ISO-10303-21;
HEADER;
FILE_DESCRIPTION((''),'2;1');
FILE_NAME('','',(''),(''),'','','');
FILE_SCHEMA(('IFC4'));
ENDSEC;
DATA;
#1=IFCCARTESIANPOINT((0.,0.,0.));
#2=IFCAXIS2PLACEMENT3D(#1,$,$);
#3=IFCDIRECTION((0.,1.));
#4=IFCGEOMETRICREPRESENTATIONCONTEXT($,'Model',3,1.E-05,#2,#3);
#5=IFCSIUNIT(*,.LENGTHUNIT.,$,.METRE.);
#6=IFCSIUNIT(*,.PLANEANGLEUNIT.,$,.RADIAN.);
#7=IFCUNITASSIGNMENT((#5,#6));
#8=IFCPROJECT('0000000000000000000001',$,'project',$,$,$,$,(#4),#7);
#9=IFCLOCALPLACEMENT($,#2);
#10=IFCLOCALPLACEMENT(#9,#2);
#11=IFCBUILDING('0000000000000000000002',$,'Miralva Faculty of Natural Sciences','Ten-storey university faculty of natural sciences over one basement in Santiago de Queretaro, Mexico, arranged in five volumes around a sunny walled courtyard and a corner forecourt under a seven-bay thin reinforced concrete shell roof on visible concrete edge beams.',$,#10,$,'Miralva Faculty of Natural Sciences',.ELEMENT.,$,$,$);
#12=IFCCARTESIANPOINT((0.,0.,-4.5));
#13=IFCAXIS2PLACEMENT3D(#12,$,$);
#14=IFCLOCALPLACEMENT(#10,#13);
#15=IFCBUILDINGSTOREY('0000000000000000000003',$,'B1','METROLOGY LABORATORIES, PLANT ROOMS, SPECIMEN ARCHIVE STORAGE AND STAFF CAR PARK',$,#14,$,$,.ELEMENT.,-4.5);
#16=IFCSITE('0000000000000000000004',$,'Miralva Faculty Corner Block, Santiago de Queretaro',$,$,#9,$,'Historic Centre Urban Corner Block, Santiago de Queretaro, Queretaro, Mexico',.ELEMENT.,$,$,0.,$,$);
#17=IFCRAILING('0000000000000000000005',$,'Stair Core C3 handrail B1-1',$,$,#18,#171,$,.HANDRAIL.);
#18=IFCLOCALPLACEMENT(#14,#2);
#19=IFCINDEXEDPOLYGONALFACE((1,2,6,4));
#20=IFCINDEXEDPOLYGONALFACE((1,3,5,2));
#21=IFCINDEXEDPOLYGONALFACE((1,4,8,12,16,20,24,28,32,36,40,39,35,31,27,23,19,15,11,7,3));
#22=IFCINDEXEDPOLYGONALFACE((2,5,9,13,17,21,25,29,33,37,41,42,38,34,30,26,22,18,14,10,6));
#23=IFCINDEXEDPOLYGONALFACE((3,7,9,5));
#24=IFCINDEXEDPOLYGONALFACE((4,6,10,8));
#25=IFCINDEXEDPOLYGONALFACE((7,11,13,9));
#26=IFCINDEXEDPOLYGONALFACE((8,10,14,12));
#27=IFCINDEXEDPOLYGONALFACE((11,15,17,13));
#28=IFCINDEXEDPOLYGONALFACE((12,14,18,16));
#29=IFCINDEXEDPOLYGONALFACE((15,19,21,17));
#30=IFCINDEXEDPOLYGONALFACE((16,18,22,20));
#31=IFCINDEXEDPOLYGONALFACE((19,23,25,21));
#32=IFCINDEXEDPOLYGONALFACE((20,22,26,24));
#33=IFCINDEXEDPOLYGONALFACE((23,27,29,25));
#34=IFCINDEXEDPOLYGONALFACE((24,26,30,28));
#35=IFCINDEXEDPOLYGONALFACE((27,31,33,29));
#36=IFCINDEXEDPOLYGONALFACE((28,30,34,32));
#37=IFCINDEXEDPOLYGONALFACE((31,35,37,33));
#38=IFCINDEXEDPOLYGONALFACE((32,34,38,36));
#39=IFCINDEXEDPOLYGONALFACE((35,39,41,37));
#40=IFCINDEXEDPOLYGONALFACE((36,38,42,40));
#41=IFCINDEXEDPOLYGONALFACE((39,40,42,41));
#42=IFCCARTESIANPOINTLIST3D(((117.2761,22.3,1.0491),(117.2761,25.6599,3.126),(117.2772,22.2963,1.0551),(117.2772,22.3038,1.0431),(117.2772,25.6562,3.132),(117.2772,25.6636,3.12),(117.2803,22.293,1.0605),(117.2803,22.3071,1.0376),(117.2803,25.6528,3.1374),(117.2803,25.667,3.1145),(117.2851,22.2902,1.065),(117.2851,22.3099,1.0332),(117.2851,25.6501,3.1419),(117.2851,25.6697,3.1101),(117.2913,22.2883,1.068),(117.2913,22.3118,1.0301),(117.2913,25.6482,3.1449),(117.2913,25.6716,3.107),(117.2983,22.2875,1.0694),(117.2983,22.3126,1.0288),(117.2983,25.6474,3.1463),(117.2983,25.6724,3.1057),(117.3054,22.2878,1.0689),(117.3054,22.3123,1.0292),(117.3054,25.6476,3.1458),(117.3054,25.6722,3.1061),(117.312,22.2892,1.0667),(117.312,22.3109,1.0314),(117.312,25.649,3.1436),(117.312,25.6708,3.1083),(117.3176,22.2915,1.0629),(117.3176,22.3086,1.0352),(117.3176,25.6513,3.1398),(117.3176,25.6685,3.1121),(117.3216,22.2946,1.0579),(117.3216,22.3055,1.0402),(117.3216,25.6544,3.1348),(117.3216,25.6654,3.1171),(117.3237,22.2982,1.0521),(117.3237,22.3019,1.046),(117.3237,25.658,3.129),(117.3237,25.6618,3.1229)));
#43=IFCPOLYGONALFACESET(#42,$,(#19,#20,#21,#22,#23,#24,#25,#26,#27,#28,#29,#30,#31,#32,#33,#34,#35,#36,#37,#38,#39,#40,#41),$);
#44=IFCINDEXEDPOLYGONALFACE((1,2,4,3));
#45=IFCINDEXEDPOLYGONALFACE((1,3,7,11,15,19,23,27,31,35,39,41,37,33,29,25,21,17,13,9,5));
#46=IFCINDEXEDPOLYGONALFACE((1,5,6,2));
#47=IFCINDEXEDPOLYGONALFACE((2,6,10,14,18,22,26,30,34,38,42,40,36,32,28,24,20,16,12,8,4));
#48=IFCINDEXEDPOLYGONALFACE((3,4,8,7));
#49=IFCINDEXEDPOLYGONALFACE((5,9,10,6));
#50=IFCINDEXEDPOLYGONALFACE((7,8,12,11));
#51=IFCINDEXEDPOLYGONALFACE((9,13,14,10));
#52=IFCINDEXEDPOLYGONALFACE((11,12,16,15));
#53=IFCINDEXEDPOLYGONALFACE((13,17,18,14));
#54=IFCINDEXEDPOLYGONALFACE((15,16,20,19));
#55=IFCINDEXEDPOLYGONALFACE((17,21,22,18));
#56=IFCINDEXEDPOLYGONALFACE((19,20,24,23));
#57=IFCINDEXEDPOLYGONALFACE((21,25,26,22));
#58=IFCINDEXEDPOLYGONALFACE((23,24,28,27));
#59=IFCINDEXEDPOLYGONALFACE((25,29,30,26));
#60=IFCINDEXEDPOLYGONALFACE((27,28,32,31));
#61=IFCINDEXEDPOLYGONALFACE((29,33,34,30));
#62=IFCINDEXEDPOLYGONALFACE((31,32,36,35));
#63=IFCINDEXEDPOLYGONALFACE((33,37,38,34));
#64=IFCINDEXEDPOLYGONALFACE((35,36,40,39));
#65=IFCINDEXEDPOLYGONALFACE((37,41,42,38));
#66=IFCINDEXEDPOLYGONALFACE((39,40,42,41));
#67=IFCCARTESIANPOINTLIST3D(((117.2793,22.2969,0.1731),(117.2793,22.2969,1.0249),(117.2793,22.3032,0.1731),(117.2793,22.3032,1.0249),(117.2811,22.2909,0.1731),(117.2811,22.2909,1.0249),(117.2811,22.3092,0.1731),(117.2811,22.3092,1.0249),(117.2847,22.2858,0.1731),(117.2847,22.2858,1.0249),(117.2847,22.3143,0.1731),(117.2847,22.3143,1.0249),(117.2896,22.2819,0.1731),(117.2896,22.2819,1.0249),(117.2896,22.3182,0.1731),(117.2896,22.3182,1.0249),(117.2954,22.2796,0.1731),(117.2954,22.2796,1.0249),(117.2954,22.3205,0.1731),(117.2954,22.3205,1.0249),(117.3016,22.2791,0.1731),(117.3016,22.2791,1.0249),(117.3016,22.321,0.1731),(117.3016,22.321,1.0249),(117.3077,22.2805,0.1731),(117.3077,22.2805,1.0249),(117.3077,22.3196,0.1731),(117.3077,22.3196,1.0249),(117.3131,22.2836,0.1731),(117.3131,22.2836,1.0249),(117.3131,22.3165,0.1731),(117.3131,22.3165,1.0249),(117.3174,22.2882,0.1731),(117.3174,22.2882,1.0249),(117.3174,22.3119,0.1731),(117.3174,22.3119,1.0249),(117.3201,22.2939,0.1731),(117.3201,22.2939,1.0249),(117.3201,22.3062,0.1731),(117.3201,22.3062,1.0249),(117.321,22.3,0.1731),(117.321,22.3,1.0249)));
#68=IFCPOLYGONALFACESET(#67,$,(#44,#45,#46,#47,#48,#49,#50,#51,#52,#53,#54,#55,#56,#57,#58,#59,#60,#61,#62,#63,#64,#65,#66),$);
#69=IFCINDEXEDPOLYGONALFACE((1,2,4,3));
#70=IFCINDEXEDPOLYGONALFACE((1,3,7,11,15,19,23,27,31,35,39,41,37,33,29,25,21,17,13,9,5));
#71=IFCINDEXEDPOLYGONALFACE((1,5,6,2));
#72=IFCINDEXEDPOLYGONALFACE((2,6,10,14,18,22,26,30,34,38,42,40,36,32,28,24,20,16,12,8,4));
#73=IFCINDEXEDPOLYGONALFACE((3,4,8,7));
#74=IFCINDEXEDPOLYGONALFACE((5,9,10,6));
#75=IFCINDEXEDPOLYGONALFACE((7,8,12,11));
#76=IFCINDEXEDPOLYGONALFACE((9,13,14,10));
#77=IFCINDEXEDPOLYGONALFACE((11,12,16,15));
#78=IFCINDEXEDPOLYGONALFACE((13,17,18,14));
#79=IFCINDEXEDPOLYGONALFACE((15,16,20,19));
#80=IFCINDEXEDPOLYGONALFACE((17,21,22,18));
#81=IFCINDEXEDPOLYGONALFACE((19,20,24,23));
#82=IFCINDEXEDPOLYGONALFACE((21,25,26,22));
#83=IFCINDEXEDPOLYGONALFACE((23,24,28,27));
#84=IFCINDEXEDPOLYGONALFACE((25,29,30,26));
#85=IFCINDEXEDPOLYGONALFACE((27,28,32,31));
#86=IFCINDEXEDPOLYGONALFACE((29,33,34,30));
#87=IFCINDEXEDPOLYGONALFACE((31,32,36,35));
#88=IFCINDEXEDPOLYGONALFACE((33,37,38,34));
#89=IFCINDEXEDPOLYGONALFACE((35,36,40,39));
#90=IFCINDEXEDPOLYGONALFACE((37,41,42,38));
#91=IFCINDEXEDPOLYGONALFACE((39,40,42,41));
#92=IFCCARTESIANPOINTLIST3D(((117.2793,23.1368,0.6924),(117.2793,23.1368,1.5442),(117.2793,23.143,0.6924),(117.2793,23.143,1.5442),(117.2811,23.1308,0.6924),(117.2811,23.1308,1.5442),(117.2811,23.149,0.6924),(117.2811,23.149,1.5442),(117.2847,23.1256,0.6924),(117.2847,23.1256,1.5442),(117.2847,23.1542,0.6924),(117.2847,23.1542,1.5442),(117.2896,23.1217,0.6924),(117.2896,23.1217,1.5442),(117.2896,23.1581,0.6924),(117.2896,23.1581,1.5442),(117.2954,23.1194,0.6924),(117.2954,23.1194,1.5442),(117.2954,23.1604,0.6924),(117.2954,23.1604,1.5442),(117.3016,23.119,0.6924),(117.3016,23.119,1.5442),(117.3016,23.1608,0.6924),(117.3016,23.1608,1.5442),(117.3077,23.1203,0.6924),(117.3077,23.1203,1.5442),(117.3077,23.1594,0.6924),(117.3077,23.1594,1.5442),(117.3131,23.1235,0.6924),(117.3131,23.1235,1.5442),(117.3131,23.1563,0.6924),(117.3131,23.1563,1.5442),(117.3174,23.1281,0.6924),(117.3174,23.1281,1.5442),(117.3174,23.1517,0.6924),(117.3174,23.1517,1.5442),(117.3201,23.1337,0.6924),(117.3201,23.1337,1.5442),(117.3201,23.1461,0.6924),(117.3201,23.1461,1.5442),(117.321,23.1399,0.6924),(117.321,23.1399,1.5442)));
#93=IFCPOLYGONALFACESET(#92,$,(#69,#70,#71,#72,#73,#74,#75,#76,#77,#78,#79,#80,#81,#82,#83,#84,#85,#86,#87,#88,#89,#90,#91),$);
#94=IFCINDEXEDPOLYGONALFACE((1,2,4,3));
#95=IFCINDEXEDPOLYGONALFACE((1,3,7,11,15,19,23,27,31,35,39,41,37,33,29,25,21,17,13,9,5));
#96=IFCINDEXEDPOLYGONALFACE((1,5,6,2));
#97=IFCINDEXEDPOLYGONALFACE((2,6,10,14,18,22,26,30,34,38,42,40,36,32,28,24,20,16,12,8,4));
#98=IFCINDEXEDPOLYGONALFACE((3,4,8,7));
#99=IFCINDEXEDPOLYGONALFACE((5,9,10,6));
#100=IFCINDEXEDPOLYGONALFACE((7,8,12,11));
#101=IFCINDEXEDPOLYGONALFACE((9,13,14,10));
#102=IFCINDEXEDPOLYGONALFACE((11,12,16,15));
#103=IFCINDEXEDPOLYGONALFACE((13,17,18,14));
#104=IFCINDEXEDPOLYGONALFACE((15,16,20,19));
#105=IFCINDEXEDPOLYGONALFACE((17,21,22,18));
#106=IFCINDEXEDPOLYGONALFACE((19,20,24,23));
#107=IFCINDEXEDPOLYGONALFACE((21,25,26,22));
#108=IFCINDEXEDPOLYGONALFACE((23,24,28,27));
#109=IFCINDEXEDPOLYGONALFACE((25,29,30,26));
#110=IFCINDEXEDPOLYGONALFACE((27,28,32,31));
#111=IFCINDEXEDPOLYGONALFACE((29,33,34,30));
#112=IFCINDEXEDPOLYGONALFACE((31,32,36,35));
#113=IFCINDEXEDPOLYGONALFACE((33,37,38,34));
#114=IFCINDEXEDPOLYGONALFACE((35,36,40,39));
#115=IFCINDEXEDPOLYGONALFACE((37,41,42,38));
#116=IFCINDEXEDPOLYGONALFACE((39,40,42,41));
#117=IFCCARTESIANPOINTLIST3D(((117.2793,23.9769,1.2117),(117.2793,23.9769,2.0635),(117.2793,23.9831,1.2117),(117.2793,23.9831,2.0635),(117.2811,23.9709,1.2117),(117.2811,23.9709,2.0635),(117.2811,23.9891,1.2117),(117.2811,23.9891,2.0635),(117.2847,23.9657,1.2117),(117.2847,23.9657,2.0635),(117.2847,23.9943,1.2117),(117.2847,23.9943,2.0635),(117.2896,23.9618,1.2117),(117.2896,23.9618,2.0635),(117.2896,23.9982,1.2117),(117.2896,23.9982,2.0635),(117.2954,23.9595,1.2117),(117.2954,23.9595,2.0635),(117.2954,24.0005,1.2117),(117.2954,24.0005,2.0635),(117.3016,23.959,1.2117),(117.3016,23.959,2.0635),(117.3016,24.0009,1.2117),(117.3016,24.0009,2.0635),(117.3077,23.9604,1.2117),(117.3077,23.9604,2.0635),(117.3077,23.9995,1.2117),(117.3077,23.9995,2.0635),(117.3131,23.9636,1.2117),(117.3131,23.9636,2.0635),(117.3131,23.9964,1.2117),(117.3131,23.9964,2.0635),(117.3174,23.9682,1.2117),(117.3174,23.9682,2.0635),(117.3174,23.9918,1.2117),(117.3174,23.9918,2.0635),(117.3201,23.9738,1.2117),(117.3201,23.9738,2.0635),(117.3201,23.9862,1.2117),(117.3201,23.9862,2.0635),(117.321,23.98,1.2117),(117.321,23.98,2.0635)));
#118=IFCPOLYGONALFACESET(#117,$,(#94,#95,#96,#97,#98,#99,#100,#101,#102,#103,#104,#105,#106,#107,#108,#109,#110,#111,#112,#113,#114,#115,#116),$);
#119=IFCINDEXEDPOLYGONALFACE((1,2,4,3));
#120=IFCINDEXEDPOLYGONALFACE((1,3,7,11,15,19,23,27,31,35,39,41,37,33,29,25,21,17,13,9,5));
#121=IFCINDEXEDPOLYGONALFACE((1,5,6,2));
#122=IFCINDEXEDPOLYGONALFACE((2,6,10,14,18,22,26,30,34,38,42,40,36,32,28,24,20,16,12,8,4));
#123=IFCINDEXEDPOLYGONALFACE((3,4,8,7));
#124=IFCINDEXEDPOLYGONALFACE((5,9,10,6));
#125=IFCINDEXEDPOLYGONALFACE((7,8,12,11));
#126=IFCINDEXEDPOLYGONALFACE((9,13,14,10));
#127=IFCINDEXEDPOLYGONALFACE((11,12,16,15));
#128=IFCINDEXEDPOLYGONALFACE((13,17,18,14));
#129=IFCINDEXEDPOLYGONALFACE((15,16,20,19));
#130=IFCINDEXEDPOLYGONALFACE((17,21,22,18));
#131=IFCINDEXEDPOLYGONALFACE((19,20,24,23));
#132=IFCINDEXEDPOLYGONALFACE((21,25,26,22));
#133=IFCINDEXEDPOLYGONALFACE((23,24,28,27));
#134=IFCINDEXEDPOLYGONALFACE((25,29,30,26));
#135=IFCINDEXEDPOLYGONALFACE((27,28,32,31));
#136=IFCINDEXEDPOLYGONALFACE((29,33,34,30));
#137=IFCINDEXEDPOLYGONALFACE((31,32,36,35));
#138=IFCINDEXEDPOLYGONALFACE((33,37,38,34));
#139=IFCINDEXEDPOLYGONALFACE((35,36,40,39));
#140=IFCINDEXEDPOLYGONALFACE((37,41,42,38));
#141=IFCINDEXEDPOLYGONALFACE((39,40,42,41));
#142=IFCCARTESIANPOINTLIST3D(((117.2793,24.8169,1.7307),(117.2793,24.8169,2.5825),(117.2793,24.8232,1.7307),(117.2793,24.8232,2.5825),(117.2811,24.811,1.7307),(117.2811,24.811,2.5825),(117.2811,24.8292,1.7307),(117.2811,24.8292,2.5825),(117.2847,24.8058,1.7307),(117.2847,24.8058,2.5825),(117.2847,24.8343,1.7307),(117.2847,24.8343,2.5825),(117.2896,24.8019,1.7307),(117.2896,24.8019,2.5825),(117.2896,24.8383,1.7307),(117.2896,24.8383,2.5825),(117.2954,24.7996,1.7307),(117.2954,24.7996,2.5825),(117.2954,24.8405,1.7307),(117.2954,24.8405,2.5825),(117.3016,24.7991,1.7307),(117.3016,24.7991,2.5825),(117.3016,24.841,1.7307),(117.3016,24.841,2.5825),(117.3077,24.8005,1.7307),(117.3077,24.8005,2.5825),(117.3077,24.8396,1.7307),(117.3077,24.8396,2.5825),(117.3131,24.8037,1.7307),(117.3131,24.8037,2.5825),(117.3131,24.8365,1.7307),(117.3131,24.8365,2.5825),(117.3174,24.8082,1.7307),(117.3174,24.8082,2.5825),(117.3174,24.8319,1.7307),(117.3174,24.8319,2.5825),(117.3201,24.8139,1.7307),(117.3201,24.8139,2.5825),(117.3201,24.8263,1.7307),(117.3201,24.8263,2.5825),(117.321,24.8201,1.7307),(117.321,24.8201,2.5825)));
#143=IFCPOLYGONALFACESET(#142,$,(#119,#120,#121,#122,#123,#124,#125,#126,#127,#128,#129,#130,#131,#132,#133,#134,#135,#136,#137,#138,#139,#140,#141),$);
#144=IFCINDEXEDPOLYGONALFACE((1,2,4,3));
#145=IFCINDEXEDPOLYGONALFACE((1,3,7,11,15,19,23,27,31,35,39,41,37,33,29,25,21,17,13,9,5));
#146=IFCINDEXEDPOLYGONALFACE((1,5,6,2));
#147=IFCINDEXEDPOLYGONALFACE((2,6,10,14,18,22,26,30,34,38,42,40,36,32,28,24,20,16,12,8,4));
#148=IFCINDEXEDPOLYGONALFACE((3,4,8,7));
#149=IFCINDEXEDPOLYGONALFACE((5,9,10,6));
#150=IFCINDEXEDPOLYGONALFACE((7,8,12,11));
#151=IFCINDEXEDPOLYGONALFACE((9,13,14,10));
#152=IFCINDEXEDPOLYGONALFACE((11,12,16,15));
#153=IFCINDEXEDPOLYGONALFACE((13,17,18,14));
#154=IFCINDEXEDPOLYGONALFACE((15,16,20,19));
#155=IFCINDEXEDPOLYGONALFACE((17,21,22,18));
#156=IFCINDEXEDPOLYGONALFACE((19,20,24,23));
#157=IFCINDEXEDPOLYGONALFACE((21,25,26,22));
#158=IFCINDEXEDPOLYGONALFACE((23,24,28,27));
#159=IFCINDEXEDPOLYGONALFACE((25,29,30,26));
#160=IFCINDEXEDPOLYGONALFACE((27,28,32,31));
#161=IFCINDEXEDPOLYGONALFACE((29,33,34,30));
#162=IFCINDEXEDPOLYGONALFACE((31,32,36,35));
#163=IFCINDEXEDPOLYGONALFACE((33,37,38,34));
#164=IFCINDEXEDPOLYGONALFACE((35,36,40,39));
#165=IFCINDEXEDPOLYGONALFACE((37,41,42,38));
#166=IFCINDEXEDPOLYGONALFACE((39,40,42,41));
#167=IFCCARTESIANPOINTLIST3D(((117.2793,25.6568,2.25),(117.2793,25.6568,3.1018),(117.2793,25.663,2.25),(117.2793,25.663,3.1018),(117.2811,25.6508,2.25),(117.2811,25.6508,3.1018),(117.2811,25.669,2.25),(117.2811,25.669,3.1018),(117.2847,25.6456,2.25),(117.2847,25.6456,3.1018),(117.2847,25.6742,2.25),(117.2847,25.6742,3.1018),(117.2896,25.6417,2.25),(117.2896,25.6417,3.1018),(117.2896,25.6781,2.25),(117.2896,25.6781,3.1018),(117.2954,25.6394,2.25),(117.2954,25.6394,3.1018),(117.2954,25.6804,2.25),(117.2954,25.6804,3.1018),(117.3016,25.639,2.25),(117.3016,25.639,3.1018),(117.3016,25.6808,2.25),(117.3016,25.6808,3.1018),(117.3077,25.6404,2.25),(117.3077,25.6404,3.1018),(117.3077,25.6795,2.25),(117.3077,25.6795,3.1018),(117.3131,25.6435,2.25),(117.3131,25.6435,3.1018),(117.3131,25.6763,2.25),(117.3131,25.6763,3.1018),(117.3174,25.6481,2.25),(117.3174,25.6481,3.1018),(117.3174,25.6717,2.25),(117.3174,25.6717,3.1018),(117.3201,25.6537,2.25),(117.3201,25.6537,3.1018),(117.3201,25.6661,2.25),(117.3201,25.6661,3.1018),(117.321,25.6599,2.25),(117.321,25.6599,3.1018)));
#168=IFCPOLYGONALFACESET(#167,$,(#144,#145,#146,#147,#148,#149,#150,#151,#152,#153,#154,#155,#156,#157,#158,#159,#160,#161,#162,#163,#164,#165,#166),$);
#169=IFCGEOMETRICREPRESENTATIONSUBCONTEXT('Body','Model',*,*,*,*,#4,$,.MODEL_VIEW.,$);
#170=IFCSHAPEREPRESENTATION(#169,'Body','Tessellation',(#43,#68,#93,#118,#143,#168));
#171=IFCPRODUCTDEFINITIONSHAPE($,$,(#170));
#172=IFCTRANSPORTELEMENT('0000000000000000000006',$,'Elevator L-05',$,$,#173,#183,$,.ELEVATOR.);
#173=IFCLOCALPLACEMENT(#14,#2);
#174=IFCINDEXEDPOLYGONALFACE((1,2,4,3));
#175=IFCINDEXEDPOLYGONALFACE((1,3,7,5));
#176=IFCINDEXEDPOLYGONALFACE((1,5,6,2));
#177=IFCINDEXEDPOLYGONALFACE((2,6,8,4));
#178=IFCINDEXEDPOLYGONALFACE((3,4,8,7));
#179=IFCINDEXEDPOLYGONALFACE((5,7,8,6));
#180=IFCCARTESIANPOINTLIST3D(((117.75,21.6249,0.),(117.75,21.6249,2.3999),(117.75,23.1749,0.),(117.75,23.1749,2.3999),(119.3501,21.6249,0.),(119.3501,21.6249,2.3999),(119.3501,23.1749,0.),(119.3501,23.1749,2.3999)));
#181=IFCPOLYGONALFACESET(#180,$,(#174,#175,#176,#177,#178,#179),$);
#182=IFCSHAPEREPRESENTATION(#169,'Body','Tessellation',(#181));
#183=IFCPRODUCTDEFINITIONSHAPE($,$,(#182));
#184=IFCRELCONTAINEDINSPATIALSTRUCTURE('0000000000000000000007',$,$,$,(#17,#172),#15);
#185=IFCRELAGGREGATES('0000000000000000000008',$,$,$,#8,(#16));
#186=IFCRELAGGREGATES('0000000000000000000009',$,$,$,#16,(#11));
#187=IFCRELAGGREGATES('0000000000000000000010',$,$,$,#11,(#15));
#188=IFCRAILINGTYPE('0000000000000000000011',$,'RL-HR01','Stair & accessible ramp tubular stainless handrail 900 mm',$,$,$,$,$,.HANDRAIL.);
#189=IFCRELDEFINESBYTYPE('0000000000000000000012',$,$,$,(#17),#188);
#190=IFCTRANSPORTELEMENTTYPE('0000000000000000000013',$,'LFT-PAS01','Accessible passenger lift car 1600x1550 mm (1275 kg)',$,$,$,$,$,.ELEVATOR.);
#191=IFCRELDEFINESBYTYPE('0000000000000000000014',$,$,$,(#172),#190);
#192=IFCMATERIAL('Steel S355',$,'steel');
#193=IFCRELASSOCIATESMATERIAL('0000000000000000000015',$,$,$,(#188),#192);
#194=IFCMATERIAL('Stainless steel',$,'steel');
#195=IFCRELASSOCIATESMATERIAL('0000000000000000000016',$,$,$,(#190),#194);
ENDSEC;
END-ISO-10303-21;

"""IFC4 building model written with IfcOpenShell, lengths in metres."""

from ifc_helpers import new_model, si_unit, direction, frame, origin, origin_2d, place, context, subcontext, project, spatial, rectangle, circle, extrude, material, type_object, element, save


model = new_model("IFC4")

# Units and contexts
model_context = context("Model", 3, precision=1e-05, world=origin(), true_north=direction((0.0, 1.0)))
body_context = subcontext(model_context, "Body", "Model", "MODEL_VIEW")
ifc_project = project(units=[si_unit("LENGTHUNIT", "METRE"), si_unit("PLANEANGLEUNIT", "RADIAN")], contexts=[model_context])

# Site, building, storey
site_placement = place(None, origin())
site = spatial("IfcSite", under=ifc_project, at=site_placement, Name="Miralva Faculty Corner Block, Santiago de Queretaro", LongName="Historic Centre Urban Corner Block, Santiago de Queretaro, Queretaro, Mexico", CompositionType="ELEMENT", RefElevation=0.0)
building_placement = place(site_placement, origin())
building = spatial("IfcBuilding", under=site, at=building_placement, Name="Miralva Faculty of Natural Sciences", Description="Ten-storey university faculty of natural sciences over one basement in Santiago de Queretaro, Mexico, arranged in five volumes around a sunny walled courtyard and a corner forecourt under a seven-bay thin reinforced concrete shell roof on visible concrete edge beams.", LongName="Miralva Faculty of Natural Sciences", CompositionType="ELEMENT")
storey_placement = place(building_placement, frame((0.0, 0.0, -4.5)))
storey = spatial("IfcBuildingStorey", under=building, at=storey_placement, Name="B1", Description="METROLOGY LABORATORIES, PLANT ROOMS, SPECIMEN ARCHIVE STORAGE AND STAFF CAR PARK", CompositionType="ELEMENT", Elevation=-4.5)

# Railing
ifc_material_1 = material(Name="Steel S355", Category="steel")
railing_type_1 = type_object("IfcRailingType", Name="RL-HR01", Description="Stair & accessible ramp tubular stainless handrail 900 mm", PredefinedType="HANDRAIL", material=ifc_material_1)
railing_1_placement = place(storey_placement, frame((117.3, 22.3, 0.1731)))
element("IfcRailing", 1, at=railing_1_placement, inside=storey, type_object=railing_type_1, Name="Stair Core C3 handrail B1-1", PredefinedType="HANDRAIL", context=body_context, shape_type="SweptSolid", body=[
    extrude(circle(Radius=0.0239, at=origin_2d()), frame((0.0, 0.0, 0.876), z_axis=(0.0, 0.850606, 0.525803), x_axis=(-1.0, 0.0, 0.0)), (0.0, 0.0, 1.0), 3.95),
    extrude(circle(Radius=0.021, at=origin_2d()), origin(), (0.0, 0.0, 1.0), 0.8518),
    extrude(circle(Radius=0.021, at=origin_2d()), frame((0.0, 0.8398, 0.5193)), (0.0, 0.0, 1.0), 0.8518),
    extrude(circle(Radius=0.021, at=origin_2d()), frame((0.0, 1.6799, 1.0386)), (0.0, 0.0, 1.0), 0.8518),
    extrude(circle(Radius=0.021, at=origin_2d()), frame((0.0, 2.52, 1.5576)), (0.0, 0.0, 1.0), 0.8518),
    extrude(circle(Radius=0.021, at=origin_2d()), frame((0.0, 3.3599, 2.0769)), (0.0, 0.0, 1.0), 0.8518),
])

# Transport element
ifc_material_2 = material(Name="Stainless steel", Category="steel")
transport_element_type = type_object("IfcTransportElementType", Name="LFT-PAS01", Description="Accessible passenger lift car 1600x1550 mm (1275 kg)", PredefinedType="ELEVATOR", material=ifc_material_2)
transport_element_placement = place(storey_placement, frame((118.55, 22.3999, 0.0), z_axis=(0.0, 0.0, 1.0), x_axis=(1.0, 0.0, 0.0)))
element("IfcTransportElement", 2, at=transport_element_placement, inside=storey, type_object=transport_element_type, Name="Elevator L-05", PredefinedType="ELEVATOR", context=body_context, shape_type="SweptSolid", body=[
    extrude(rectangle(XDim=1.6001, YDim=1.55, at=origin_2d()), origin(), (0.0, 0.0, 1.0), 2.3999),
])

save(model, "model.ifc")
